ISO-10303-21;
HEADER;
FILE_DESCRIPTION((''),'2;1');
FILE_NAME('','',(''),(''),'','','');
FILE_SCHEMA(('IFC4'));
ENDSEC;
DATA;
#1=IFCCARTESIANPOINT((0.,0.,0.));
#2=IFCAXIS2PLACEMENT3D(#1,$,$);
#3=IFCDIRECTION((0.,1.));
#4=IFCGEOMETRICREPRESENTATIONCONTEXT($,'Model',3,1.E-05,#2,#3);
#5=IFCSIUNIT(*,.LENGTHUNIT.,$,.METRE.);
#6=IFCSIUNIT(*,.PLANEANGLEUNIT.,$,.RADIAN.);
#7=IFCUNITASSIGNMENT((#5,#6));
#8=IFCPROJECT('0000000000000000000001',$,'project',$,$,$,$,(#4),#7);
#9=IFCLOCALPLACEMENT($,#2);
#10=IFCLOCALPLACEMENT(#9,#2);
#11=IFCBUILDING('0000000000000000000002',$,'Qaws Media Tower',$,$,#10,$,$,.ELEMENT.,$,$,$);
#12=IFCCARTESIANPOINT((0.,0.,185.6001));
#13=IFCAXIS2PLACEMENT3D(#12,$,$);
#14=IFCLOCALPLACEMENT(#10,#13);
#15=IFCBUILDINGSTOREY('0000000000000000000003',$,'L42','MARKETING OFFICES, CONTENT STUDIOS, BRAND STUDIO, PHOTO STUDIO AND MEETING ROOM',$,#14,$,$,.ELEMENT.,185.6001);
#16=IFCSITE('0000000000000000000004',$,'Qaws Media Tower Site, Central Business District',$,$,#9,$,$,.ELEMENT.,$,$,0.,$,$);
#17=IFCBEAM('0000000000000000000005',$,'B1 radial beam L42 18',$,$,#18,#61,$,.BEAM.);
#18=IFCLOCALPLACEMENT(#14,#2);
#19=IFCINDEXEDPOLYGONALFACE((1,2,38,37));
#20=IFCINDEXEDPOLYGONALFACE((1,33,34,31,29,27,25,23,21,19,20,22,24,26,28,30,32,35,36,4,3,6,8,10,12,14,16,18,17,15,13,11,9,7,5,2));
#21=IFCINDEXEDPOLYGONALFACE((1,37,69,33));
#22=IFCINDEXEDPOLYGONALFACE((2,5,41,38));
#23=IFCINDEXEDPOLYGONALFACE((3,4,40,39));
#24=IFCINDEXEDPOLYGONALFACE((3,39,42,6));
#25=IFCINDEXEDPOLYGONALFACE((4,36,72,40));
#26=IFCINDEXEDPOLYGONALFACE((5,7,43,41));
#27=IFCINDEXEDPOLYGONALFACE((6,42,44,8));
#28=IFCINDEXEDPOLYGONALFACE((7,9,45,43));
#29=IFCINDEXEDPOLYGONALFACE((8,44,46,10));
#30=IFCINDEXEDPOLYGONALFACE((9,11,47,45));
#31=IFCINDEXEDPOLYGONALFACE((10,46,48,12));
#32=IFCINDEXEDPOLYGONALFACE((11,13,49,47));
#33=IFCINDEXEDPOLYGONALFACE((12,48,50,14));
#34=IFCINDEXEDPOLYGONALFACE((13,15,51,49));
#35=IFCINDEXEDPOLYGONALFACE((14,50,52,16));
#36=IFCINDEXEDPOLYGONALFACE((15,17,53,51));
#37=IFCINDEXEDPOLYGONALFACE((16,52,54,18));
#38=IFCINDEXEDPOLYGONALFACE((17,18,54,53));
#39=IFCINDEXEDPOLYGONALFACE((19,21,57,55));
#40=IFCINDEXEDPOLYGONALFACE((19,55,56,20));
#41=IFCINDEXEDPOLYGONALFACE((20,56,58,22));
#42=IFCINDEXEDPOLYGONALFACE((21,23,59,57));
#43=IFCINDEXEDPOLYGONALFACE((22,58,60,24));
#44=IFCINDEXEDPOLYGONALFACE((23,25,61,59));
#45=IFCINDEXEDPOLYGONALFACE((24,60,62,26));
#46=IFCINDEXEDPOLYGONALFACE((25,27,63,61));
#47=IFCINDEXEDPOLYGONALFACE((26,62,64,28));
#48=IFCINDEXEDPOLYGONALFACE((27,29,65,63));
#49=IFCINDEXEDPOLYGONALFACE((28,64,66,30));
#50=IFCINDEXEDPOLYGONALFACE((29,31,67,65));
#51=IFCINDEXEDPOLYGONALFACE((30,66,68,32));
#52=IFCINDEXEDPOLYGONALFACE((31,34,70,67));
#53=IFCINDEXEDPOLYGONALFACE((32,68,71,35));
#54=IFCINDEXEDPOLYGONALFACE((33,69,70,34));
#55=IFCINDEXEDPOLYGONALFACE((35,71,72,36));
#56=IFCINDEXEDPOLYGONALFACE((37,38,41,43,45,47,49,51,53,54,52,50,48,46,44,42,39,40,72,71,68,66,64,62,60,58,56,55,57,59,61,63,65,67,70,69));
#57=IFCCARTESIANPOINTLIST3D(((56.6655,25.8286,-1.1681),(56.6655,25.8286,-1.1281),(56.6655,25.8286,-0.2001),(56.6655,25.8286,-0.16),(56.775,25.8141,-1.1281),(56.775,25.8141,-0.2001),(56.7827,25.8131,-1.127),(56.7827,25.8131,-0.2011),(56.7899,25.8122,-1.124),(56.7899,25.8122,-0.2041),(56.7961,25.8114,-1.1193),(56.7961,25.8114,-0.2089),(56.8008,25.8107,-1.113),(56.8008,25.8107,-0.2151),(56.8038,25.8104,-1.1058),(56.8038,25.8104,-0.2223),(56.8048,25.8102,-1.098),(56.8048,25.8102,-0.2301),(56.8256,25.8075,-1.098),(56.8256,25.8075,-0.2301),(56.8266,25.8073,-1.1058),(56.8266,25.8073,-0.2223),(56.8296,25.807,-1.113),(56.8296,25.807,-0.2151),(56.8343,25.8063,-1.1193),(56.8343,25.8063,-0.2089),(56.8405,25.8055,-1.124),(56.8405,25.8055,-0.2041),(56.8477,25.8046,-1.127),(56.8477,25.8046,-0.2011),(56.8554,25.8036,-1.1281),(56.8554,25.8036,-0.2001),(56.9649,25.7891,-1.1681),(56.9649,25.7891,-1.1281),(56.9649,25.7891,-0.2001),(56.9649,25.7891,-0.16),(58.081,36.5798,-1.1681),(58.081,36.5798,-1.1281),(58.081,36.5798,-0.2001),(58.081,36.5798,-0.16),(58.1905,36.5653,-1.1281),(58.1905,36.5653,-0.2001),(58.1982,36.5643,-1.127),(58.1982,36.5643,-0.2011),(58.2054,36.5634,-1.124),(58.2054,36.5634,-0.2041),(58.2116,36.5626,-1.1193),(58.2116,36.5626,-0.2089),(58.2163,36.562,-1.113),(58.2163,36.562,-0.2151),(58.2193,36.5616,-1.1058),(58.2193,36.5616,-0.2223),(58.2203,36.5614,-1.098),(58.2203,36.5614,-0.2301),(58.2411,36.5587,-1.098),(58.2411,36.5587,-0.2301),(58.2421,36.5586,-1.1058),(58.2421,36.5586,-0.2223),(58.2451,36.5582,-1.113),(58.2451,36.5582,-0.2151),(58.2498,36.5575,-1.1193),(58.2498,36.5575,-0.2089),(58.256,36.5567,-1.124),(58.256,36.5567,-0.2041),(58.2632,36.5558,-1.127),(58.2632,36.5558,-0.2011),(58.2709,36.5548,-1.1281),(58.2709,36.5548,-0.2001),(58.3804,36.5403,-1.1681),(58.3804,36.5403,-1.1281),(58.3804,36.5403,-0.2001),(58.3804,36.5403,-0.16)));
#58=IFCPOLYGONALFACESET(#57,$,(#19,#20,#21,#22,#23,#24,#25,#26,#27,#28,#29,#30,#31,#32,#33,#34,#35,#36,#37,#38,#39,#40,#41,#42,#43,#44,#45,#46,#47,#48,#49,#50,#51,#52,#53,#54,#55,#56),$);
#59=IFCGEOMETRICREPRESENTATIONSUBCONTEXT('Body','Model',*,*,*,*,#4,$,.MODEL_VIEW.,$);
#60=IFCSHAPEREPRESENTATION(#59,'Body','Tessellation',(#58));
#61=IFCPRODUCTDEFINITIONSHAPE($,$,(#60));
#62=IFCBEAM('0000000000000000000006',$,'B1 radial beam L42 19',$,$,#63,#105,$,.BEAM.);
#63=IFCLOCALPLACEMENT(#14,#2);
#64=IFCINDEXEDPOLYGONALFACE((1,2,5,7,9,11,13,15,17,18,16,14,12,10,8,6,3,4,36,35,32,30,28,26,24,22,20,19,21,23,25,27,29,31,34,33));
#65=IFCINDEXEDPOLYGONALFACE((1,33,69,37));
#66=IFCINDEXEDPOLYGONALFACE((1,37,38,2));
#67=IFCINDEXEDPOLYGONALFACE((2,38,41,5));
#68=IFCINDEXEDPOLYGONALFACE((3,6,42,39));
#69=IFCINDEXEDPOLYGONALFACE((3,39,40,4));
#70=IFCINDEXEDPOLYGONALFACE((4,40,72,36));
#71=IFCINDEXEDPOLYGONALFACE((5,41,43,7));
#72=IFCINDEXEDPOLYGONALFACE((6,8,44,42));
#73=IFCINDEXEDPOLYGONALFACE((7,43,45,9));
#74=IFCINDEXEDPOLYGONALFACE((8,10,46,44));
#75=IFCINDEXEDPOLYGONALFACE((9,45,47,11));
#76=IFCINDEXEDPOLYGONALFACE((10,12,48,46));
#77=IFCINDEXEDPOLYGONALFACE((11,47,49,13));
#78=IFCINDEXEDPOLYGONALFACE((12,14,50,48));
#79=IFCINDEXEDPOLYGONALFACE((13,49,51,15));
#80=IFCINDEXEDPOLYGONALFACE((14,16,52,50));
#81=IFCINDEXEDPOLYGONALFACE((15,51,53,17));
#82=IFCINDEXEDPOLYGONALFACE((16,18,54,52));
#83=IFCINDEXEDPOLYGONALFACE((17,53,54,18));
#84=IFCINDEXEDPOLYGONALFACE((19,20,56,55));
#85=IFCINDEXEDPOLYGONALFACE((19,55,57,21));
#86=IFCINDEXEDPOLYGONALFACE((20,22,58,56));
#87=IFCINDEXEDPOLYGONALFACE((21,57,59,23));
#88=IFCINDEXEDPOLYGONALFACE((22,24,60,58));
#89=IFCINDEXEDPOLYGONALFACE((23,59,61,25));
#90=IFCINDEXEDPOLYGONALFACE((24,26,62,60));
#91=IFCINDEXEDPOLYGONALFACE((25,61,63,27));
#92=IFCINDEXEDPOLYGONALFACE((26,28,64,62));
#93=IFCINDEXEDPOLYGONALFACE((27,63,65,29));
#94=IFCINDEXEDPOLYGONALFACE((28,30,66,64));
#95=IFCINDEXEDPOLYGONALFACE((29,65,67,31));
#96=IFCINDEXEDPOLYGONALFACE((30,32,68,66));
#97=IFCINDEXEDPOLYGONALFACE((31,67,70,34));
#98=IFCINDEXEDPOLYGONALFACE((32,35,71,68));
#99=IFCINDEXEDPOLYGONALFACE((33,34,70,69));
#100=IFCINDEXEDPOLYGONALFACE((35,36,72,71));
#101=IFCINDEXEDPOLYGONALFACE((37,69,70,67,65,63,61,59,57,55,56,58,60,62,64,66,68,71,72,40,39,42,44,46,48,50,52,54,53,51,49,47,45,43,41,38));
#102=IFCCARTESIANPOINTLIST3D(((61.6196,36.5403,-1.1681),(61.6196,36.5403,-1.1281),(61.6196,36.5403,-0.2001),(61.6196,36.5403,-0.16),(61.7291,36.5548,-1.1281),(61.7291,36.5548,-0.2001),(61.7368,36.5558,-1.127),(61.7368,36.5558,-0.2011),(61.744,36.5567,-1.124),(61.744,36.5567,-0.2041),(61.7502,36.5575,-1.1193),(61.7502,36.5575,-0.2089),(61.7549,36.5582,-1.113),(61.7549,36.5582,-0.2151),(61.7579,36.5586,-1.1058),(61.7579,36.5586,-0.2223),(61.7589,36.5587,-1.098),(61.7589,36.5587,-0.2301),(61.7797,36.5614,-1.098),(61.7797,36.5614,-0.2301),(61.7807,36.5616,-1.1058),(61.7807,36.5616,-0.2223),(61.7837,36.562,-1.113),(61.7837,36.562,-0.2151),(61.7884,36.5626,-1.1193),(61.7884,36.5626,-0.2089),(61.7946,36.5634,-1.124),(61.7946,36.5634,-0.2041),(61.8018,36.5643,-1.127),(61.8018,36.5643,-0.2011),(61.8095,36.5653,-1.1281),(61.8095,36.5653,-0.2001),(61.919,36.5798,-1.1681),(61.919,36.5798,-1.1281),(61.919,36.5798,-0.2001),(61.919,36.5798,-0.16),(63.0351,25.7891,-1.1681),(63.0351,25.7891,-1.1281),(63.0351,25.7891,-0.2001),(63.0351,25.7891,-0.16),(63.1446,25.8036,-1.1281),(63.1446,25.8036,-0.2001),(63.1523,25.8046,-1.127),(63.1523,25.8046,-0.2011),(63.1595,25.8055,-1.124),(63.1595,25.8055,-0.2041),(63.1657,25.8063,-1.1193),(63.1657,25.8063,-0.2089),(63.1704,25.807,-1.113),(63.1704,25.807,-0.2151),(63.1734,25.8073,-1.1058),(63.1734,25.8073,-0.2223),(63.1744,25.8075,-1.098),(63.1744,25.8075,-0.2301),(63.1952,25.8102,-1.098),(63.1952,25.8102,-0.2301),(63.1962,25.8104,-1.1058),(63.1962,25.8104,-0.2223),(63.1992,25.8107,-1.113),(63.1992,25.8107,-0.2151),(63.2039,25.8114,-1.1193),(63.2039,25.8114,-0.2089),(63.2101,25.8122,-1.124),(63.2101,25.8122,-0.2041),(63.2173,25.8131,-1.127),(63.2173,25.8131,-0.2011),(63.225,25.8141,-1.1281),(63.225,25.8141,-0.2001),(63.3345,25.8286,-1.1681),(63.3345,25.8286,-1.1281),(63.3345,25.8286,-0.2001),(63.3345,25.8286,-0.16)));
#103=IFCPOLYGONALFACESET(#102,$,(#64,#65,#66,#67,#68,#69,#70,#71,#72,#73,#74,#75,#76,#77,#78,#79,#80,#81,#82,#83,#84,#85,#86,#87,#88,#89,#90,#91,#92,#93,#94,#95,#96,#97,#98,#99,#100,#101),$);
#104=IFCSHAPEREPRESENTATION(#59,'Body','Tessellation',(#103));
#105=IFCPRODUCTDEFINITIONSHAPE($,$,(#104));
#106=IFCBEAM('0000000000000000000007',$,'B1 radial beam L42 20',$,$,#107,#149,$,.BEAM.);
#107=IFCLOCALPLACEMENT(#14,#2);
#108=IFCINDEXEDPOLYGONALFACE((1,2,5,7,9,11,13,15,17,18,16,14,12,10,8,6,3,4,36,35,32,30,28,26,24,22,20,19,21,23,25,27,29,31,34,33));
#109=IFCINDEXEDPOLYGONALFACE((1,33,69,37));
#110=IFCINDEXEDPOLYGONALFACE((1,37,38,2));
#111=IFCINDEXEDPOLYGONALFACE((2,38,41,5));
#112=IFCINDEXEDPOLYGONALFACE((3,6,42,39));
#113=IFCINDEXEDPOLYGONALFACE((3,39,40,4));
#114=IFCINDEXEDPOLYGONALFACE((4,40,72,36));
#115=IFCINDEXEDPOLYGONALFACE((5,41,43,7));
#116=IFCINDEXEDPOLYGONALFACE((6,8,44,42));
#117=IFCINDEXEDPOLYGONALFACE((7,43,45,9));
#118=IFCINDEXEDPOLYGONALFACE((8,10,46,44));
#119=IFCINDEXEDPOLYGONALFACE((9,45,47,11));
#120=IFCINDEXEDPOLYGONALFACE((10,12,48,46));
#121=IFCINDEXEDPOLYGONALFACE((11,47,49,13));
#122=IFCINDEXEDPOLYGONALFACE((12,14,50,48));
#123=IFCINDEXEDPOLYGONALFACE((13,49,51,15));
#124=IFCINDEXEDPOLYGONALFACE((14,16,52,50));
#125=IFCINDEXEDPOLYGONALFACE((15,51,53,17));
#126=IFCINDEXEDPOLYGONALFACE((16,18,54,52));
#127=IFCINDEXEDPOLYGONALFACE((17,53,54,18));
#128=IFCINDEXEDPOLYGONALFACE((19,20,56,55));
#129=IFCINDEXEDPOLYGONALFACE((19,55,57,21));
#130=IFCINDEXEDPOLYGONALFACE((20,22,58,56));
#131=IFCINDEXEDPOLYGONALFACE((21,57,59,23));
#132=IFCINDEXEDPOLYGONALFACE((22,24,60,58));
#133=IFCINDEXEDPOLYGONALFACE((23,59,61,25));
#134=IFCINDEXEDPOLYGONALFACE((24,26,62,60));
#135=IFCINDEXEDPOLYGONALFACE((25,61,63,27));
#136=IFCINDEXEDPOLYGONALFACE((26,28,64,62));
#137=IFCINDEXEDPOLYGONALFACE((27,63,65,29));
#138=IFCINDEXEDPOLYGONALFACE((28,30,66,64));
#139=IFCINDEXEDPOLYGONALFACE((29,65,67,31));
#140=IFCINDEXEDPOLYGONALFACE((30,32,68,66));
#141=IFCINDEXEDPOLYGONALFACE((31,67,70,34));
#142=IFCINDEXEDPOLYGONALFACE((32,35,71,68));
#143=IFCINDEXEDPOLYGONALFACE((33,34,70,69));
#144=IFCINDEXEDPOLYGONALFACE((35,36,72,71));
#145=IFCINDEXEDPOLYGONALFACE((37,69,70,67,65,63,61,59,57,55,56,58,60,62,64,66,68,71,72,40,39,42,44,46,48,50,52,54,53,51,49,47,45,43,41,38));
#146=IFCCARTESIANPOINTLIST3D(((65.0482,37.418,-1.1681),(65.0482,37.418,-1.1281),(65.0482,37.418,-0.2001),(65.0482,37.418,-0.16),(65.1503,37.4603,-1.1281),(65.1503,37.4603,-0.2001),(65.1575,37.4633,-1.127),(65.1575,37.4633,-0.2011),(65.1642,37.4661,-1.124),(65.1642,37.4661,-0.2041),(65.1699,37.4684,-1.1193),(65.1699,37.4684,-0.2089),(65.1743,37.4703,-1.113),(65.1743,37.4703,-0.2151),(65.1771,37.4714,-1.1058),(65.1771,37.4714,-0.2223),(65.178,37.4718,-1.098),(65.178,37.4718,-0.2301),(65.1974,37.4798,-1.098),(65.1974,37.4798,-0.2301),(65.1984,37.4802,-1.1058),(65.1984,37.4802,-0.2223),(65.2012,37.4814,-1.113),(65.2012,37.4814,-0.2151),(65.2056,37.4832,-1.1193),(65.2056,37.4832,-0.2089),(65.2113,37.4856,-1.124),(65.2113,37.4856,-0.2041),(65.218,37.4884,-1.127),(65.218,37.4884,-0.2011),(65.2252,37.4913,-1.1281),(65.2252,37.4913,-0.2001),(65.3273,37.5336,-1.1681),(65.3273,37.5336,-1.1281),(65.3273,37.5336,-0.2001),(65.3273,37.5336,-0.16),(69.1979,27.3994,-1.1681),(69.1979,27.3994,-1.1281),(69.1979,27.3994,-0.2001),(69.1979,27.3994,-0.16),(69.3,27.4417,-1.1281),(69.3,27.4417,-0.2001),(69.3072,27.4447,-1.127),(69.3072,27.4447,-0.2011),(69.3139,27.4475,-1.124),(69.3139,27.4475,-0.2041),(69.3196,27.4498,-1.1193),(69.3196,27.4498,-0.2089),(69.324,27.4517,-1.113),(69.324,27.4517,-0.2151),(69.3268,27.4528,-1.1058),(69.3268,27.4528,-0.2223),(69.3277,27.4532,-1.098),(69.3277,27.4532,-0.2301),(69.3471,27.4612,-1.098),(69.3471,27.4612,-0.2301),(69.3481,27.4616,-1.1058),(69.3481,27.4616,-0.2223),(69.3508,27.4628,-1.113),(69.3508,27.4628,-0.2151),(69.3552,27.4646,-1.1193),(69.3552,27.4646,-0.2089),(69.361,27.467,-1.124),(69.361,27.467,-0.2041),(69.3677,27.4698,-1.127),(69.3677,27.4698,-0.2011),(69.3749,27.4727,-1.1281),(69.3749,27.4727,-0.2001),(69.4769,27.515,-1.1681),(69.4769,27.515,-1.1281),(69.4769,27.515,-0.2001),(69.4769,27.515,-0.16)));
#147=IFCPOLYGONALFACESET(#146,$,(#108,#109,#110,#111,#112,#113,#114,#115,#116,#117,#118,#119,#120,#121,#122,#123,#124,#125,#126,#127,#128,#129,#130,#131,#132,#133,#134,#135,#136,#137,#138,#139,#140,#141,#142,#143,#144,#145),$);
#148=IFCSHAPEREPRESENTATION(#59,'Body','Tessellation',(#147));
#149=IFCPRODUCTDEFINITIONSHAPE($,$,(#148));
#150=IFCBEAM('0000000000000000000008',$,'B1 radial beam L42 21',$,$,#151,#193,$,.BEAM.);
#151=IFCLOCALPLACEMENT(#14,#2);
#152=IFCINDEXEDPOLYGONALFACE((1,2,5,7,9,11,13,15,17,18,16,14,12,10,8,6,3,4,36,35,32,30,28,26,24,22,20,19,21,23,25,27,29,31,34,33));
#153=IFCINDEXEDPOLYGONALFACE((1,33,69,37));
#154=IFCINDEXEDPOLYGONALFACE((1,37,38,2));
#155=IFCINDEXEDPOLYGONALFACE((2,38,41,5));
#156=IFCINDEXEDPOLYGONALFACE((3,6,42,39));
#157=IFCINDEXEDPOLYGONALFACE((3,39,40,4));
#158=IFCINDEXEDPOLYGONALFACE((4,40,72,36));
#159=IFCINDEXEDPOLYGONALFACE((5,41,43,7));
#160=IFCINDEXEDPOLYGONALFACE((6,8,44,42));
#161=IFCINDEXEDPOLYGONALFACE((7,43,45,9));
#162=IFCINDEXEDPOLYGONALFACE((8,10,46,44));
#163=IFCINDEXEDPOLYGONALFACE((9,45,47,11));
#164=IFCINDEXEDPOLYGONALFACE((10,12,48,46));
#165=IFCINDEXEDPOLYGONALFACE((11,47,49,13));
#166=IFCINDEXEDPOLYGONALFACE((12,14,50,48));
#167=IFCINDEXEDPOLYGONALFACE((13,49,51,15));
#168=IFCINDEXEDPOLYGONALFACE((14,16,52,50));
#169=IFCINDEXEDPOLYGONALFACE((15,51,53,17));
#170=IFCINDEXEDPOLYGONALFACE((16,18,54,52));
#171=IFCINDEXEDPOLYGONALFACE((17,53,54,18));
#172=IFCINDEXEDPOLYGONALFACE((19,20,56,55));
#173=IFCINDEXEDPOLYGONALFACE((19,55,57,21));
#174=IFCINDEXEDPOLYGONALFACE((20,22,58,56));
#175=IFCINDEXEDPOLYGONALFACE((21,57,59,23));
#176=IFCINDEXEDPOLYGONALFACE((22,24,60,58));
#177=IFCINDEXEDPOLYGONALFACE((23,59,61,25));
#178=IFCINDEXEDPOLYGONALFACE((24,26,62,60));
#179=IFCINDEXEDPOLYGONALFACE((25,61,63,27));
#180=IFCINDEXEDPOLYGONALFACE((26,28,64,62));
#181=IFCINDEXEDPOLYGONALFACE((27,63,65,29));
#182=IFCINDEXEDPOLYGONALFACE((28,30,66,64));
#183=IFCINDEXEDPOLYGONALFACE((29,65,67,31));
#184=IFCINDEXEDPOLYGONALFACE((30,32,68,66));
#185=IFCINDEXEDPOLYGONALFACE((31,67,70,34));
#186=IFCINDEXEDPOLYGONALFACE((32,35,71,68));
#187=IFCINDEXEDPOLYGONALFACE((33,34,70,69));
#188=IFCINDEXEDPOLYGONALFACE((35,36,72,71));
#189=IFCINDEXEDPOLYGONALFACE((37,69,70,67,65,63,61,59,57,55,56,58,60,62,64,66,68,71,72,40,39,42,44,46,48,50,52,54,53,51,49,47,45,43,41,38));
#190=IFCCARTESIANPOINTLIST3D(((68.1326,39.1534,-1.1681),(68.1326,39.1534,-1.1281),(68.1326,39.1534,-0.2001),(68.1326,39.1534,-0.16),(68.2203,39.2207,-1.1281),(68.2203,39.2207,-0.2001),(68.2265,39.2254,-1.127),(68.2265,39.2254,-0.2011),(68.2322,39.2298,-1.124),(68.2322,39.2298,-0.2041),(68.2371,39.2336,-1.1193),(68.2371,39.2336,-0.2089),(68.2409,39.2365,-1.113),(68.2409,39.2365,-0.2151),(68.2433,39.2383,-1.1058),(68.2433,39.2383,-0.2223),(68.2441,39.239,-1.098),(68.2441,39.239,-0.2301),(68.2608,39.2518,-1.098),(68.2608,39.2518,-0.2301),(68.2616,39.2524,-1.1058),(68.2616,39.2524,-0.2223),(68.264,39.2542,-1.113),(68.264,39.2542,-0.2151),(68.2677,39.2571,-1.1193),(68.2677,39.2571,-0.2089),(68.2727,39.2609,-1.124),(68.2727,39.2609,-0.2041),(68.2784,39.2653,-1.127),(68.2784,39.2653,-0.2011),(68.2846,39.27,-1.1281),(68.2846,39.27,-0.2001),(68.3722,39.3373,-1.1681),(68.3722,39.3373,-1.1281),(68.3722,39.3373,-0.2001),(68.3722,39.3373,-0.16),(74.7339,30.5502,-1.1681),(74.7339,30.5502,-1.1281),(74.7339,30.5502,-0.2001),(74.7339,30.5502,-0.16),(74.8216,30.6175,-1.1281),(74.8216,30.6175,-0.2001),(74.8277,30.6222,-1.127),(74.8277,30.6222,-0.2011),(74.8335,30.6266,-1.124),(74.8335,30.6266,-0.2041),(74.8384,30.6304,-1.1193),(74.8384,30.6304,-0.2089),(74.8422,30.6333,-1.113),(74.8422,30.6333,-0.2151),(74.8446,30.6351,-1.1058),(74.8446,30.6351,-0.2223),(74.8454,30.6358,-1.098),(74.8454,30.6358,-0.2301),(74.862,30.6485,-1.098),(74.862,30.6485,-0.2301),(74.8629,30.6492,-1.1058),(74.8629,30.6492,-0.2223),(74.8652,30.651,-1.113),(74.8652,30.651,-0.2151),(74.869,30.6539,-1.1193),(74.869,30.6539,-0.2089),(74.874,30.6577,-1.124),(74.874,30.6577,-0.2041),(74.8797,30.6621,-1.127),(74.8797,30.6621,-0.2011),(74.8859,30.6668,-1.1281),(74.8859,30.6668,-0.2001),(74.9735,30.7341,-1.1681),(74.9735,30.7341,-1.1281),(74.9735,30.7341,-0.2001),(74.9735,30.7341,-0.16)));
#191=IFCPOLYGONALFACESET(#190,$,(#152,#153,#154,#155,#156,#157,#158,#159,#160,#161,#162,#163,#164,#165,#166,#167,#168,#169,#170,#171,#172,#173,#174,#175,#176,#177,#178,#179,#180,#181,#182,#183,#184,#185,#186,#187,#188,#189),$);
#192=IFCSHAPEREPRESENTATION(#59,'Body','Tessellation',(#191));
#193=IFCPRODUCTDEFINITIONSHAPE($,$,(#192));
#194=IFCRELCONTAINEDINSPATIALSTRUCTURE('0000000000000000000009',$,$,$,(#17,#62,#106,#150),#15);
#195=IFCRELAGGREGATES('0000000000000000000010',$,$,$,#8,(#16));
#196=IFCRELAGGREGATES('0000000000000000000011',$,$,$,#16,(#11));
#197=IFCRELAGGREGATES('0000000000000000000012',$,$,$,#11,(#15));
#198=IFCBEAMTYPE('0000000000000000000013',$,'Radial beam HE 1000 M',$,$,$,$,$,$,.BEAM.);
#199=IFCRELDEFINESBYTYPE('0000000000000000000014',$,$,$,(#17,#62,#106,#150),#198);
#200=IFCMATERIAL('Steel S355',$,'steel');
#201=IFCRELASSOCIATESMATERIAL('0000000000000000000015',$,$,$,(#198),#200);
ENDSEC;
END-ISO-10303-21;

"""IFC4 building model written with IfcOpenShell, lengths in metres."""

from ifc_helpers import new_model, si_unit, direction, frame, origin, origin_2d, place, context, subcontext, project, spatial, i_section, extrude, material, material_profile, profile_set, type_object, element, save


model = new_model("IFC4")

# Units and contexts
model_context = context("Model", 3, precision=1e-05, world=origin(), true_north=direction((0.0, 1.0)))
body_context = subcontext(model_context, "Body", "Model", "MODEL_VIEW")
ifc_project = project(units=[si_unit("LENGTHUNIT", "METRE"), si_unit("PLANEANGLEUNIT", "RADIAN")], contexts=[model_context])

# Site, building, storey
site_placement = place(None, origin())
site = spatial("IfcSite", under=ifc_project, at=site_placement, Name="Qaws Media Tower Site, Central Business District", CompositionType="ELEMENT", RefElevation=0.0)
building_placement = place(site_placement, origin())
building = spatial("IfcBuilding", under=site, at=building_placement, Name="Qaws Media Tower", CompositionType="ELEMENT")
storey_placement = place(building_placement, frame((0.0, 0.0, 185.6001)))
storey = spatial("IfcBuildingStorey", under=building, at=storey_placement, Name="L42", Description="MARKETING OFFICES, CONTENT STUDIOS, BRAND STUDIO, PHOTO STUDIO AND MEETING ROOM", CompositionType="ELEMENT", Elevation=185.6001)

# Beams
ifc_material_1 = material(Name="Steel S355", Category="steel")
ifc_material_profile_1 = material_profile(ifc_material_1, i_section(OverallWidth=0.302, OverallDepth=1.0081, WebThickness=0.021, FlangeThickness=0.04, FilletRadius=0.03, at=origin_2d()), Name="HE 1000 M")
ifc_profile_set_1 = profile_set([ifc_material_profile_1], Name="Steel S355")
beam_type_1 = type_object("IfcBeamType", Name="Radial beam HE 1000 M", PredefinedType="BEAM", material=ifc_profile_set_1)
for number, where, z_axis, x_axis, name in (
    (1, (58.2307, 36.5601, -0.6641), (-0.130535, -0.991444, 0.0), (0.991444, -0.130535, 0.0), "B1 radial beam L42 18"),
    (2, (61.7693, 36.5601, -0.6641), (0.130535, -0.991444, 0.0), (0.991444, 0.130535, 0.0), "B1 radial beam L42 19"),
    (3, (65.1877, 37.4758, -0.6641), (0.382671, -0.923885, 0.0), (0.923885, 0.382671, 0.0), "B1 radial beam L42 20"),
    (4, (68.2524, 39.2454, -0.6641), (0.60875, -0.793362, 0.0), (0.793362, 0.60875, 0.0), "B1 radial beam L42 21"),
):
    element("IfcBeam", number, at=place(storey_placement, frame(where, z_axis=z_axis, x_axis=x_axis)), inside=storey, type_object=beam_type_1, Name=name, PredefinedType="BEAM", context=body_context, shape_type="SweptSolid", body=[
        extrude(i_section(OverallWidth=0.302, OverallDepth=1.0081, WebThickness=0.021, FlangeThickness=0.04, FilletRadius=0.03, at=origin_2d()), origin(), (0.0, 0.0, 1.0), 10.844),
    ])

save(model, "model.ifc")
